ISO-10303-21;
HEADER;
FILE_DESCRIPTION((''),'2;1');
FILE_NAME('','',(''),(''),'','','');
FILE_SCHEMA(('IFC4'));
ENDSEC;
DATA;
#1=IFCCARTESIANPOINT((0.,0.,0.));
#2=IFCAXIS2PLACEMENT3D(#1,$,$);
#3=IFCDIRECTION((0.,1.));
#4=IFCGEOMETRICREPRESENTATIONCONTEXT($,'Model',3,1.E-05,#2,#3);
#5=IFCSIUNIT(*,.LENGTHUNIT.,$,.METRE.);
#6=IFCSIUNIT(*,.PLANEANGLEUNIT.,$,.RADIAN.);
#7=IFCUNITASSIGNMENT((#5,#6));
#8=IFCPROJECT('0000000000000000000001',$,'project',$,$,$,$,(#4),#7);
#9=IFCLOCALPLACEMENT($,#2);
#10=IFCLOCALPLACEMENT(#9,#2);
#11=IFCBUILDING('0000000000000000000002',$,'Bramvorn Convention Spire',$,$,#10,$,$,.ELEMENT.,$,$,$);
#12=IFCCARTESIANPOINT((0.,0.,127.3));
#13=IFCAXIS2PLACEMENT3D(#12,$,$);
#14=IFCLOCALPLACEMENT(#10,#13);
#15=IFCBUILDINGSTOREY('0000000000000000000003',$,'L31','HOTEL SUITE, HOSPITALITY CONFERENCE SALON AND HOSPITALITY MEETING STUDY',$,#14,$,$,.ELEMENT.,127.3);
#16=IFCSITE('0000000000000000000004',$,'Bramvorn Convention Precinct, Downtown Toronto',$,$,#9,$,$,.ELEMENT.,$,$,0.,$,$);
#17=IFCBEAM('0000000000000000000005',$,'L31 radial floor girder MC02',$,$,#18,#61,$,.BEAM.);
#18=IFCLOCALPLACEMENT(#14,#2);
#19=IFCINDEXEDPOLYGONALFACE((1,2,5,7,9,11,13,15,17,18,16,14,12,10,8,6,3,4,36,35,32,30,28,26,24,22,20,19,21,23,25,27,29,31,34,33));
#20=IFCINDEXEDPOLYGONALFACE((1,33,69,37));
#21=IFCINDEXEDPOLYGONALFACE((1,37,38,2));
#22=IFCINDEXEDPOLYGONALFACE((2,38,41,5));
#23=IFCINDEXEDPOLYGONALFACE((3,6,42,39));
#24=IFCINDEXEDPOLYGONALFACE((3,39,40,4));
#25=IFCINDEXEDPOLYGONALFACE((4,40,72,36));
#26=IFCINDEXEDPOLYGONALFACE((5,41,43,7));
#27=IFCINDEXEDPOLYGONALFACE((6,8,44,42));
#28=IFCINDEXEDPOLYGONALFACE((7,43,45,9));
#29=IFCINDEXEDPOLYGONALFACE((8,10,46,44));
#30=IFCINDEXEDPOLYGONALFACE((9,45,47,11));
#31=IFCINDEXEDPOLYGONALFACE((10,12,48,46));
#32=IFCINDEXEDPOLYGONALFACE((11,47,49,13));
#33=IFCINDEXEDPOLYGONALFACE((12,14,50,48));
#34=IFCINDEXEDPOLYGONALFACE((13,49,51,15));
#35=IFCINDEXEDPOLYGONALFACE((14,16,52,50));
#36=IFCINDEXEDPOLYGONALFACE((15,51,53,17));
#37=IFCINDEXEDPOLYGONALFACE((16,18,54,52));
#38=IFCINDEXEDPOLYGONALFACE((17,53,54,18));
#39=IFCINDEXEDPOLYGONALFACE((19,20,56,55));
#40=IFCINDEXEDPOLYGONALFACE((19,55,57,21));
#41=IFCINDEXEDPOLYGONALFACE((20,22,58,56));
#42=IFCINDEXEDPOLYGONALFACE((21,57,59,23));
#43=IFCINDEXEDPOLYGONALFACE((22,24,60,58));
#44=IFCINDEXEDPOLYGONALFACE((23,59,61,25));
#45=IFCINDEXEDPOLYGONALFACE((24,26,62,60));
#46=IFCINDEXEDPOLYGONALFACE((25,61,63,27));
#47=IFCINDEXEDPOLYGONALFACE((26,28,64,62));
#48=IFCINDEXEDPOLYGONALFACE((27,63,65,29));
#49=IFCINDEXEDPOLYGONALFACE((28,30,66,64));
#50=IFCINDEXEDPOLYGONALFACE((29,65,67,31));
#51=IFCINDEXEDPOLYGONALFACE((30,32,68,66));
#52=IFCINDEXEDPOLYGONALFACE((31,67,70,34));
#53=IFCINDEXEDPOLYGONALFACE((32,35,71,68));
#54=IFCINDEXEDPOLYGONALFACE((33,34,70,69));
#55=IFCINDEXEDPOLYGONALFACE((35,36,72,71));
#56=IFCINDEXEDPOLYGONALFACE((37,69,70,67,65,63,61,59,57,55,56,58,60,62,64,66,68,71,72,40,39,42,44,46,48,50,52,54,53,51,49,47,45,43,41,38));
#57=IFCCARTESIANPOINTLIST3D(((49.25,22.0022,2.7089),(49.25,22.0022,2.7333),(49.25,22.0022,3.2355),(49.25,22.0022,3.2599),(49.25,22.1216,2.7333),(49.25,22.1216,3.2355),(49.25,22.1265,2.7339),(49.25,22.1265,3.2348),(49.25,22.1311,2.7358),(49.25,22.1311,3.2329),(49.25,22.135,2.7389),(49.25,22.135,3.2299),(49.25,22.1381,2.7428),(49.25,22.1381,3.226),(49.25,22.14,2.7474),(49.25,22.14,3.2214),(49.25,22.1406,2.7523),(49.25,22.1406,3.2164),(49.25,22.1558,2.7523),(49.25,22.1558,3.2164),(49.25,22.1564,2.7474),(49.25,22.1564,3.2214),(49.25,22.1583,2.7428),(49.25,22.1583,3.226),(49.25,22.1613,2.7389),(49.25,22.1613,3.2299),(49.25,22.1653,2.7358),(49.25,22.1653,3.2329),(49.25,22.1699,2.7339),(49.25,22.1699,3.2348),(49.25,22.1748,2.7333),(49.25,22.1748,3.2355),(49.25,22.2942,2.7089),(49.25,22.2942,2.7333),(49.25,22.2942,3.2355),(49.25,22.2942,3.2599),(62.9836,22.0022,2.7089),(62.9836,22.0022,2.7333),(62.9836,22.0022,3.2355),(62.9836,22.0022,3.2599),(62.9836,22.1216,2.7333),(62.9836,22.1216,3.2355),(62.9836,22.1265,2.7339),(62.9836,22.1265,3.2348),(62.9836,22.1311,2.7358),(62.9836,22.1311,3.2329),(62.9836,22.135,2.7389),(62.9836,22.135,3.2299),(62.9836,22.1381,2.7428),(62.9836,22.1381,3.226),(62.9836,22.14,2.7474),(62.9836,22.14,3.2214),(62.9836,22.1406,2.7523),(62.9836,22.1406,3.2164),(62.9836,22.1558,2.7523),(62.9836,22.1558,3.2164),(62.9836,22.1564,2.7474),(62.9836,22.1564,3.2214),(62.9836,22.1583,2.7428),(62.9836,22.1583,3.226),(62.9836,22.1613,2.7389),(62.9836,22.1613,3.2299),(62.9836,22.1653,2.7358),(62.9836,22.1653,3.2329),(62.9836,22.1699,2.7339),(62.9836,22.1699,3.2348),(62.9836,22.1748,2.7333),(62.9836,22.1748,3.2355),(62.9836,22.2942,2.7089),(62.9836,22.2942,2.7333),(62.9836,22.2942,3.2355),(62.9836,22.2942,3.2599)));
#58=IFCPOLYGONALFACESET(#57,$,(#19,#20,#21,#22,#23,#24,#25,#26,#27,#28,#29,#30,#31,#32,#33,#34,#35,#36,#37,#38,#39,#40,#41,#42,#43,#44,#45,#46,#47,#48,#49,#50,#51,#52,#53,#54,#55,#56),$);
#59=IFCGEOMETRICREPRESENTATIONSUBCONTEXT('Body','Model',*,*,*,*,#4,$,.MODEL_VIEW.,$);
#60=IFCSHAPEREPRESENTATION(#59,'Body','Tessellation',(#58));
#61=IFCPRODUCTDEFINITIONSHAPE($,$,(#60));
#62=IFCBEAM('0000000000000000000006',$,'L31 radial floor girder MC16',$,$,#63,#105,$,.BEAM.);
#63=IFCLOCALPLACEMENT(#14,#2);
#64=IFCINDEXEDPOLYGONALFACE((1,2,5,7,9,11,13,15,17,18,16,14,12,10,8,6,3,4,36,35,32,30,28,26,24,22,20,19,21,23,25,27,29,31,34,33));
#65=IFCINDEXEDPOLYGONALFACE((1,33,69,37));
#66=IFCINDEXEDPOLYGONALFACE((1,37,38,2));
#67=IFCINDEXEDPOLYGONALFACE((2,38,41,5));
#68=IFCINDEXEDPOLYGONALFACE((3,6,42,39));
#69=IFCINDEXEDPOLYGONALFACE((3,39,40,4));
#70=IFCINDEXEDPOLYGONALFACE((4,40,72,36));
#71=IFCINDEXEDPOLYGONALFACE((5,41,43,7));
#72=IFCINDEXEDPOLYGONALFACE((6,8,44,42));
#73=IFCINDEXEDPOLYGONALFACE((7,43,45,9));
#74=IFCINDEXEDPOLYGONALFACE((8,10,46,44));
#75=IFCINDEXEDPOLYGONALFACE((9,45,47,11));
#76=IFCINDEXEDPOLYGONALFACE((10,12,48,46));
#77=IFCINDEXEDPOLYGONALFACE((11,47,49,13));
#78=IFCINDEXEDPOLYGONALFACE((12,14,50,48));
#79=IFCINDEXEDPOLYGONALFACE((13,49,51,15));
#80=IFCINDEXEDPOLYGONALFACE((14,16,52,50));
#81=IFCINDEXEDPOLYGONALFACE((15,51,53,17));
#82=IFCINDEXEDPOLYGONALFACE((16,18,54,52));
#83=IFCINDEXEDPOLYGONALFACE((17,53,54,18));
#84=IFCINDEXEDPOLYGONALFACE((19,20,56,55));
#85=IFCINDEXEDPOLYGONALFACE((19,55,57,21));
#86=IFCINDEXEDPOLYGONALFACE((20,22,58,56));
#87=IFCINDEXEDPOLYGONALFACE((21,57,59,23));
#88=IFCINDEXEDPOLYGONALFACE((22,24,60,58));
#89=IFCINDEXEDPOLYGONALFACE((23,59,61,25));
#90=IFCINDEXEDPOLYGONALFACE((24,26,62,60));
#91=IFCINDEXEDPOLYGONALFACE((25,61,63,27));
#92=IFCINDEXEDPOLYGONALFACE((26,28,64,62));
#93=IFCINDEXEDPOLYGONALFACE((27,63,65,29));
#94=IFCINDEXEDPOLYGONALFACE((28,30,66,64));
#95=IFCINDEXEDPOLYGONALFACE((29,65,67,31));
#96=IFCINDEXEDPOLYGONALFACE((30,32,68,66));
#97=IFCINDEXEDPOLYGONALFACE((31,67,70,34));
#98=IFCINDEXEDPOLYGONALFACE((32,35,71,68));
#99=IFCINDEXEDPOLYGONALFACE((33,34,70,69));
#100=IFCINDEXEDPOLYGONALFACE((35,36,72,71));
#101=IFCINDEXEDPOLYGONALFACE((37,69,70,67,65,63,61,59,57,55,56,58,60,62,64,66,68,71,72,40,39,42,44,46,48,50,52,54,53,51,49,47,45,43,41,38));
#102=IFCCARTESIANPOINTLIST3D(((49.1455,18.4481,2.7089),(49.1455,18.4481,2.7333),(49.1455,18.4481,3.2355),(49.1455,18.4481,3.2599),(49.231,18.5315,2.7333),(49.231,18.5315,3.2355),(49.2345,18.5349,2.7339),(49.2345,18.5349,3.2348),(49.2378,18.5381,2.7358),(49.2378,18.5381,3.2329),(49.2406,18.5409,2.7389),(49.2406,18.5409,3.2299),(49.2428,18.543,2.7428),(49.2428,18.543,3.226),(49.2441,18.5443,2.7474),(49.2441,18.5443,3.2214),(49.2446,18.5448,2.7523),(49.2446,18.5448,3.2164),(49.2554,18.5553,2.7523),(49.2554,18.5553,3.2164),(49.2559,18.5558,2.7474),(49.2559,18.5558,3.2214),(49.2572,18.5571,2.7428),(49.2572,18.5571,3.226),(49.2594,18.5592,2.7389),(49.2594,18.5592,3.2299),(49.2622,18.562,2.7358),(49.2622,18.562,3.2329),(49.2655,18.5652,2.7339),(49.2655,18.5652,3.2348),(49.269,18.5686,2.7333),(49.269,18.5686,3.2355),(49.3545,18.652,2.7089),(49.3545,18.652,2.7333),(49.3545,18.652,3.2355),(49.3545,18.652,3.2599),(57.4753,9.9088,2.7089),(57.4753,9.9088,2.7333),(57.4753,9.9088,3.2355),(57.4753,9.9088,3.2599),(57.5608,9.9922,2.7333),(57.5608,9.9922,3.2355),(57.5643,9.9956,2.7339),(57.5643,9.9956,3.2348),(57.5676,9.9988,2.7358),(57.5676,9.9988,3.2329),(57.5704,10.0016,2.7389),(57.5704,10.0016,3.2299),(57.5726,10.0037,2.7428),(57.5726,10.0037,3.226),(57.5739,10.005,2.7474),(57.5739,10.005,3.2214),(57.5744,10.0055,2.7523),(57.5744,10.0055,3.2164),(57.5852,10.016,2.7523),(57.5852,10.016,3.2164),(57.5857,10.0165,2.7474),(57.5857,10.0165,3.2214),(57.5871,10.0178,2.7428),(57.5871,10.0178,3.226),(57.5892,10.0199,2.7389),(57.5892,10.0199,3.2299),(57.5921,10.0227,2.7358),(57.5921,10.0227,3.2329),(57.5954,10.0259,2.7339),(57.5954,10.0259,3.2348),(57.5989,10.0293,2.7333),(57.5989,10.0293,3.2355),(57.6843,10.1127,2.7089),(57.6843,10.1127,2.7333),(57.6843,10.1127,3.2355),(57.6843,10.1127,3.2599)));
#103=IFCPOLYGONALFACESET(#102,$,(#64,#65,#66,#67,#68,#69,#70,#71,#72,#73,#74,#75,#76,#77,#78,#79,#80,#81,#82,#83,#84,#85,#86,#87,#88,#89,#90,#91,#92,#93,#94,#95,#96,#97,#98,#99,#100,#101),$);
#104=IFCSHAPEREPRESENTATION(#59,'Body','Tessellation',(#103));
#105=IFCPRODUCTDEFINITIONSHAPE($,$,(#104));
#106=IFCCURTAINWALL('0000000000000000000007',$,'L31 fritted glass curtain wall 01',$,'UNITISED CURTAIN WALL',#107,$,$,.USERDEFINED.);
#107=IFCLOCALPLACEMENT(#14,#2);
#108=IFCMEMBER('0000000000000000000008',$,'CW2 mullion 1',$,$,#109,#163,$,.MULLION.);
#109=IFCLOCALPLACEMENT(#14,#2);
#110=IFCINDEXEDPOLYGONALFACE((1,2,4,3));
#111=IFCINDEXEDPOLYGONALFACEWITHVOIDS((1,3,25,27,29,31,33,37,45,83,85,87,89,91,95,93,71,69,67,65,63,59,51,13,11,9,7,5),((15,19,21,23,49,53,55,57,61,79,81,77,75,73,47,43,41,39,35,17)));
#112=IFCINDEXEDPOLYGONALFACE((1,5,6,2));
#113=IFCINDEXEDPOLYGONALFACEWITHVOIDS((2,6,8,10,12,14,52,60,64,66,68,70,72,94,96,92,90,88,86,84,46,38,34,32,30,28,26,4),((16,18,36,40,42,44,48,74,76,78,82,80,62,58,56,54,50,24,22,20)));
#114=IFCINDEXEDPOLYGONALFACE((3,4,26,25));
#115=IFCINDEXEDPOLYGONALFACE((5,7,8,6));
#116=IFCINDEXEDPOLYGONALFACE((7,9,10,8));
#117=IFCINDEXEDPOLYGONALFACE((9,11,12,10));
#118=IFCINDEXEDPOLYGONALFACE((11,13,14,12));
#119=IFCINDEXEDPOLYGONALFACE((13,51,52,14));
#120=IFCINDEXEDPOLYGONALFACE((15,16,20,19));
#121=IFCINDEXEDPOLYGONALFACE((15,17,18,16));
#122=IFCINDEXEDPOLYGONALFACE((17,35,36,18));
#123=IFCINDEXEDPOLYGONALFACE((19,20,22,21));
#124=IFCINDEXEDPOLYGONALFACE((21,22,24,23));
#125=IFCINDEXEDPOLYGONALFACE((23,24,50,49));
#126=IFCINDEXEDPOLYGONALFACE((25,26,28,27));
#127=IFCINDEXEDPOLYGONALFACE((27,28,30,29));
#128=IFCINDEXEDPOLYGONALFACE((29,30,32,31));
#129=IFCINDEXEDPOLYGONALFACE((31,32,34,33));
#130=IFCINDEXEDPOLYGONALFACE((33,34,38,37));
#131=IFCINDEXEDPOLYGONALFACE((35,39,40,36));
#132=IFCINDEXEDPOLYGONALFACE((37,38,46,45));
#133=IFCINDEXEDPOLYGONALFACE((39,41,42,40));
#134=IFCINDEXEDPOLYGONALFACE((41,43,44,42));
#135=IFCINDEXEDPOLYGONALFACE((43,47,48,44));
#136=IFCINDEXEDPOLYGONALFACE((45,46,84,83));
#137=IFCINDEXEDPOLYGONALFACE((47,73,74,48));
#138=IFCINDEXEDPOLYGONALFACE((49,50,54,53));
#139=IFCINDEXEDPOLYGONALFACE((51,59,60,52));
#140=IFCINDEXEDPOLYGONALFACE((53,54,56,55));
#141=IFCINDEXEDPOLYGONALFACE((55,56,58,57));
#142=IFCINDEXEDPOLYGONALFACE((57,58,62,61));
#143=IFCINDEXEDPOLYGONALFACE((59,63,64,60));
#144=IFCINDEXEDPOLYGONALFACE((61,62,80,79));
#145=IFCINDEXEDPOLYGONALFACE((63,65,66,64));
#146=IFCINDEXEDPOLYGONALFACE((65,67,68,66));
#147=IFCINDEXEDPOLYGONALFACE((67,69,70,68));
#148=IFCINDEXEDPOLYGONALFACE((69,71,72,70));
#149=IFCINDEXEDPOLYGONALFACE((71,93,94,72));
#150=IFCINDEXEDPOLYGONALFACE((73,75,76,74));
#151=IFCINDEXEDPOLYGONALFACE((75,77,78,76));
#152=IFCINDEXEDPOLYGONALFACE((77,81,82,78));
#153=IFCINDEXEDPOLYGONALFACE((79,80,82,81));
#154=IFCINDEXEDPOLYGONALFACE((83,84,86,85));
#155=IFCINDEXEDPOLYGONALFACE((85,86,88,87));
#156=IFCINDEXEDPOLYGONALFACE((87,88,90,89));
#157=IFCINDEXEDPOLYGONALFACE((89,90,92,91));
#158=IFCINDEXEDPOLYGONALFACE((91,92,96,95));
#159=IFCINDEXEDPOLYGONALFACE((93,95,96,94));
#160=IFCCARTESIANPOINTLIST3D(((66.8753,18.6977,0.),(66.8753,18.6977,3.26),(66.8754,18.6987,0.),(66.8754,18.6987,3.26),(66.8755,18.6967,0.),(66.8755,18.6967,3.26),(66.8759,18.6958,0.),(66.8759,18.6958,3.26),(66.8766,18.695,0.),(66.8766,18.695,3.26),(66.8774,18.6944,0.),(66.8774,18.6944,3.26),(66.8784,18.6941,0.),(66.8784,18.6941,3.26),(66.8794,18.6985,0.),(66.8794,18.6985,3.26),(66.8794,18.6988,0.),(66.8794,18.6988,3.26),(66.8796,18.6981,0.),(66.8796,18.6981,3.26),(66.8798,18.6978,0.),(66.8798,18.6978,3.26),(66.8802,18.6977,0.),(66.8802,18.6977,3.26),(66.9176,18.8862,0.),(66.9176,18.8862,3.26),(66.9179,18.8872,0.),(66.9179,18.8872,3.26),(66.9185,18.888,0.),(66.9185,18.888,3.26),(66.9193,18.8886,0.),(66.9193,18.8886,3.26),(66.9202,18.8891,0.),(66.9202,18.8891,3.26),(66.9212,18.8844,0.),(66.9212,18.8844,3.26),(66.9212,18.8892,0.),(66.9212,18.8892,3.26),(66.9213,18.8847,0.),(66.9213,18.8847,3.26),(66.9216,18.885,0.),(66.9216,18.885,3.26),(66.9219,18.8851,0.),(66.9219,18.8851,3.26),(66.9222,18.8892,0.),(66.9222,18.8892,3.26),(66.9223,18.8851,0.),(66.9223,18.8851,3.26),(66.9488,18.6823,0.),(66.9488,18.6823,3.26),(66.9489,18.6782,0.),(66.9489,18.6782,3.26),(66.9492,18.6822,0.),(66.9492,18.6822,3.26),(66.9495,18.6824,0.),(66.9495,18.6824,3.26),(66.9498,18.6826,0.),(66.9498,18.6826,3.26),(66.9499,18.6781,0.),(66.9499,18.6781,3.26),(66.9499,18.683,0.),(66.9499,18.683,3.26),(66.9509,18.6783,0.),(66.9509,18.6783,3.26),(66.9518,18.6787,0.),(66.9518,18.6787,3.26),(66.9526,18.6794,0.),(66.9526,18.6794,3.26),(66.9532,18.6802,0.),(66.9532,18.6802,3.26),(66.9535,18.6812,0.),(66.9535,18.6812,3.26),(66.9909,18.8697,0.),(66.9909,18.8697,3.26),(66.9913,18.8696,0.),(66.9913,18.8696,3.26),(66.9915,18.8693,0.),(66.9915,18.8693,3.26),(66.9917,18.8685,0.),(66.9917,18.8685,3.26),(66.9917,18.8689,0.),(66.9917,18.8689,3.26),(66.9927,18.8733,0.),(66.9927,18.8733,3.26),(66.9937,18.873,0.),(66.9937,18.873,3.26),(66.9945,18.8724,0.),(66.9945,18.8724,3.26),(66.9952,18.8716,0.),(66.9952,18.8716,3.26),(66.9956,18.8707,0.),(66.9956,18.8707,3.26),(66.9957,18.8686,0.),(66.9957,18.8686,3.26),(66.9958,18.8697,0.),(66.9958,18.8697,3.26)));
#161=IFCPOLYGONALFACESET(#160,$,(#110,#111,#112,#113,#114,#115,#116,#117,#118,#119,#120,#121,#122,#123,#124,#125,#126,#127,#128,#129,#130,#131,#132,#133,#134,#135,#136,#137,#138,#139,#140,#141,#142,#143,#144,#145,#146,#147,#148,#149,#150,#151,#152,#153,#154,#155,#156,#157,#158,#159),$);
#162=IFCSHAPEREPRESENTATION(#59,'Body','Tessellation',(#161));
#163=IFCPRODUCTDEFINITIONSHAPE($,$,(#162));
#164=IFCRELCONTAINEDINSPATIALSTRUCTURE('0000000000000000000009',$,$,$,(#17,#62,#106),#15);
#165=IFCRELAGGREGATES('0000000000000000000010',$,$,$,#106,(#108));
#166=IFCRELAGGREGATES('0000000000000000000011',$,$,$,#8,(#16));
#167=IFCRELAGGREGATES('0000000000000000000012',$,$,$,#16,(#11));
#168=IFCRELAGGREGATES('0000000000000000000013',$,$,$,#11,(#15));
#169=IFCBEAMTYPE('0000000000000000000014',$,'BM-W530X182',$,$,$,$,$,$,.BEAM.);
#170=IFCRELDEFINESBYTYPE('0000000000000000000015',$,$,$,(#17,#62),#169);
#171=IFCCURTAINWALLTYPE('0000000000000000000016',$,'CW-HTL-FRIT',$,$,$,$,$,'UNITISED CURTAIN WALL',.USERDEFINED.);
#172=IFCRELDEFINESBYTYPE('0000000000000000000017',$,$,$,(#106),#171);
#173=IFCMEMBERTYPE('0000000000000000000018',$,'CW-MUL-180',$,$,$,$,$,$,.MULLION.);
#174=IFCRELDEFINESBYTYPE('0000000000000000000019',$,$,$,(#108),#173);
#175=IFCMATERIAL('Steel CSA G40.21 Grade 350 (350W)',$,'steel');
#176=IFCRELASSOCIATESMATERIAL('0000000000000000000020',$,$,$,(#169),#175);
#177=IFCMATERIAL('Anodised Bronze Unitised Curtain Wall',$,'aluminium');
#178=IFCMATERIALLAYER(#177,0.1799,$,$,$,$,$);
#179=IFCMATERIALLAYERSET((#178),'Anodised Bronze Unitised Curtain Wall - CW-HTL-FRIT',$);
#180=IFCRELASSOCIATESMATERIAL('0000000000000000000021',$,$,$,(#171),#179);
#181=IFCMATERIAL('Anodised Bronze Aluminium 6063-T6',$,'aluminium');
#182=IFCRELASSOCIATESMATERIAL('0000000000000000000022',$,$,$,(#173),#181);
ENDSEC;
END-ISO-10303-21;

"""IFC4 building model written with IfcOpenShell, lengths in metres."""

from ifc_helpers import new_model, si_unit, direction, frame, origin, origin_2d, place, context, subcontext, project, spatial, hollow_rectangle, i_section, extrude, material, layer, layer_set, material_profile, profile_set, type_object, element, aggregate, save


model = new_model("IFC4")

# Units and contexts
model_context = context("Model", 3, precision=1e-05, world=origin(), true_north=direction((0.0, 1.0)))
body_context = subcontext(model_context, "Body", "Model", "MODEL_VIEW")
ifc_project = project(units=[si_unit("LENGTHUNIT", "METRE"), si_unit("PLANEANGLEUNIT", "RADIAN")], contexts=[model_context])

# Site, building, storey
site_placement = place(None, origin())
site = spatial("IfcSite", under=ifc_project, at=site_placement, Name="Bramvorn Convention Precinct, Downtown Toronto", CompositionType="ELEMENT", RefElevation=0.0)
building_placement = place(site_placement, origin())
building = spatial("IfcBuilding", under=site, at=building_placement, Name="Bramvorn Convention Spire", CompositionType="ELEMENT")
storey_placement = place(building_placement, frame((0.0, 0.0, 127.3)))
storey = spatial("IfcBuildingStorey", under=building, at=storey_placement, Name="L31", Description="HOTEL SUITE, HOSPITALITY CONFERENCE SALON AND HOSPITALITY MEETING STUDY", CompositionType="ELEMENT", Elevation=127.3)

# Shared definitions
ifc_material_1 = material(Name="Steel CSA G40.21 Grade 350 (350W)", Category="steel")

# Beams
ifc_material_profile_1 = material_profile(ifc_material_1, i_section(OverallWidth=0.292, OverallDepth=0.551, WebThickness=0.0151, FlangeThickness=0.0244, FilletRadius=0.019, at=origin_2d()))
ifc_profile_set_1 = profile_set([ifc_material_profile_1], Name="Steel CSA G40.21 Grade 350 (350W) - W530X182")
beam_type_1 = type_object("IfcBeamType", Name="BM-W530X182", PredefinedType="BEAM", material=ifc_profile_set_1)
beam_1_placement = place(storey_placement, frame((49.25, 22.1482, 2.9844), z_axis=(1.0, 0.0, 0.0), x_axis=(0.0, 1.0, 0.0)))
element("IfcBeam", 1, at=beam_1_placement, inside=storey, type_object=beam_type_1, Name="L31 radial floor girder MC02", PredefinedType="BEAM", context=body_context, shape_type="SweptSolid", body=[
    extrude(i_section(OverallWidth=0.292, OverallDepth=0.551, WebThickness=0.0151, FlangeThickness=0.0244, FilletRadius=0.019, at=origin_2d()), origin(), (0.0, 0.0, 1.0), 13.7336),
])
beam_2_placement = place(storey_placement, frame((49.25, 18.55, 2.9844), z_axis=(0.698272, -0.715832, 0.0), x_axis=(0.715832, 0.698272, 0.0)))
element("IfcBeam", 2, at=beam_2_placement, inside=storey, type_object=beam_type_1, Name="L31 radial floor girder MC16", PredefinedType="BEAM", context=body_context, shape_type="SweptSolid", body=[
    extrude(i_section(OverallWidth=0.292, OverallDepth=0.551, WebThickness=0.0151, FlangeThickness=0.0244, FilletRadius=0.019, at=origin_2d()), origin(), (0.0, 0.0, 1.0), 11.9292),
])

# Curtain wall, member
ifc_material_2 = material(Name="Anodised Bronze Unitised Curtain Wall", Category="aluminium")
ifc_layer_1 = layer(ifc_material_2, 0.1799)
ifc_layer_set_1 = layer_set([ifc_layer_1], Name="Anodised Bronze Unitised Curtain Wall - CW-HTL-FRIT")
curtain_wall_type = type_object("IfcCurtainWallType", Name="CW-HTL-FRIT", ElementType="UNITISED CURTAIN WALL", PredefinedType="USERDEFINED", material=ifc_layer_set_1)
curtain_wall_1_placement = place(storey_placement, origin())
curtain_wall_1 = element("IfcCurtainWall", 3, at=curtain_wall_1_placement, inside=storey, type_object=curtain_wall_type, Name="L31 fritted glass curtain wall 01", ObjectType="UNITISED CURTAIN WALL", PredefinedType="USERDEFINED")
ifc_material_3 = material(Name="Anodised Bronze Aluminium 6063-T6", Category="aluminium")
ifc_material_profile_2 = material_profile(ifc_material_3, hollow_rectangle(XDim=0.0801, YDim=0.2, WallThickness=0.0039, InnerFilletRadius=0.001, OuterFilletRadius=0.0039, at=origin_2d()))
ifc_profile_set_2 = profile_set([ifc_material_profile_2], Name="Anodised Bronze Aluminium 6063-T6 - CWM80X200")
member_type_1 = type_object("IfcMemberType", Name="CW-MUL-180", PredefinedType="MULLION", material=ifc_profile_set_2)
member_1_placement = place(storey_placement, frame((66.9355, 18.7837, 0.0), z_axis=(0.0, 0.0, 1.0), x_axis=(0.975646, -0.219353, 0.0)))
member_1 = element("IfcMember", 4, at=member_1_placement, type_object=member_type_1, Name="CW2 mullion 1", PredefinedType="MULLION", context=body_context, shape_type="SweptSolid", body=[
    extrude(hollow_rectangle(XDim=0.0801, YDim=0.2, WallThickness=0.0039, InnerFilletRadius=0.001, OuterFilletRadius=0.0039, at=origin_2d()), origin(), (0.0, 0.0, 1.0), 3.26),
])

aggregate(curtain_wall_1, [member_1])

save(model, "model.ifc")
